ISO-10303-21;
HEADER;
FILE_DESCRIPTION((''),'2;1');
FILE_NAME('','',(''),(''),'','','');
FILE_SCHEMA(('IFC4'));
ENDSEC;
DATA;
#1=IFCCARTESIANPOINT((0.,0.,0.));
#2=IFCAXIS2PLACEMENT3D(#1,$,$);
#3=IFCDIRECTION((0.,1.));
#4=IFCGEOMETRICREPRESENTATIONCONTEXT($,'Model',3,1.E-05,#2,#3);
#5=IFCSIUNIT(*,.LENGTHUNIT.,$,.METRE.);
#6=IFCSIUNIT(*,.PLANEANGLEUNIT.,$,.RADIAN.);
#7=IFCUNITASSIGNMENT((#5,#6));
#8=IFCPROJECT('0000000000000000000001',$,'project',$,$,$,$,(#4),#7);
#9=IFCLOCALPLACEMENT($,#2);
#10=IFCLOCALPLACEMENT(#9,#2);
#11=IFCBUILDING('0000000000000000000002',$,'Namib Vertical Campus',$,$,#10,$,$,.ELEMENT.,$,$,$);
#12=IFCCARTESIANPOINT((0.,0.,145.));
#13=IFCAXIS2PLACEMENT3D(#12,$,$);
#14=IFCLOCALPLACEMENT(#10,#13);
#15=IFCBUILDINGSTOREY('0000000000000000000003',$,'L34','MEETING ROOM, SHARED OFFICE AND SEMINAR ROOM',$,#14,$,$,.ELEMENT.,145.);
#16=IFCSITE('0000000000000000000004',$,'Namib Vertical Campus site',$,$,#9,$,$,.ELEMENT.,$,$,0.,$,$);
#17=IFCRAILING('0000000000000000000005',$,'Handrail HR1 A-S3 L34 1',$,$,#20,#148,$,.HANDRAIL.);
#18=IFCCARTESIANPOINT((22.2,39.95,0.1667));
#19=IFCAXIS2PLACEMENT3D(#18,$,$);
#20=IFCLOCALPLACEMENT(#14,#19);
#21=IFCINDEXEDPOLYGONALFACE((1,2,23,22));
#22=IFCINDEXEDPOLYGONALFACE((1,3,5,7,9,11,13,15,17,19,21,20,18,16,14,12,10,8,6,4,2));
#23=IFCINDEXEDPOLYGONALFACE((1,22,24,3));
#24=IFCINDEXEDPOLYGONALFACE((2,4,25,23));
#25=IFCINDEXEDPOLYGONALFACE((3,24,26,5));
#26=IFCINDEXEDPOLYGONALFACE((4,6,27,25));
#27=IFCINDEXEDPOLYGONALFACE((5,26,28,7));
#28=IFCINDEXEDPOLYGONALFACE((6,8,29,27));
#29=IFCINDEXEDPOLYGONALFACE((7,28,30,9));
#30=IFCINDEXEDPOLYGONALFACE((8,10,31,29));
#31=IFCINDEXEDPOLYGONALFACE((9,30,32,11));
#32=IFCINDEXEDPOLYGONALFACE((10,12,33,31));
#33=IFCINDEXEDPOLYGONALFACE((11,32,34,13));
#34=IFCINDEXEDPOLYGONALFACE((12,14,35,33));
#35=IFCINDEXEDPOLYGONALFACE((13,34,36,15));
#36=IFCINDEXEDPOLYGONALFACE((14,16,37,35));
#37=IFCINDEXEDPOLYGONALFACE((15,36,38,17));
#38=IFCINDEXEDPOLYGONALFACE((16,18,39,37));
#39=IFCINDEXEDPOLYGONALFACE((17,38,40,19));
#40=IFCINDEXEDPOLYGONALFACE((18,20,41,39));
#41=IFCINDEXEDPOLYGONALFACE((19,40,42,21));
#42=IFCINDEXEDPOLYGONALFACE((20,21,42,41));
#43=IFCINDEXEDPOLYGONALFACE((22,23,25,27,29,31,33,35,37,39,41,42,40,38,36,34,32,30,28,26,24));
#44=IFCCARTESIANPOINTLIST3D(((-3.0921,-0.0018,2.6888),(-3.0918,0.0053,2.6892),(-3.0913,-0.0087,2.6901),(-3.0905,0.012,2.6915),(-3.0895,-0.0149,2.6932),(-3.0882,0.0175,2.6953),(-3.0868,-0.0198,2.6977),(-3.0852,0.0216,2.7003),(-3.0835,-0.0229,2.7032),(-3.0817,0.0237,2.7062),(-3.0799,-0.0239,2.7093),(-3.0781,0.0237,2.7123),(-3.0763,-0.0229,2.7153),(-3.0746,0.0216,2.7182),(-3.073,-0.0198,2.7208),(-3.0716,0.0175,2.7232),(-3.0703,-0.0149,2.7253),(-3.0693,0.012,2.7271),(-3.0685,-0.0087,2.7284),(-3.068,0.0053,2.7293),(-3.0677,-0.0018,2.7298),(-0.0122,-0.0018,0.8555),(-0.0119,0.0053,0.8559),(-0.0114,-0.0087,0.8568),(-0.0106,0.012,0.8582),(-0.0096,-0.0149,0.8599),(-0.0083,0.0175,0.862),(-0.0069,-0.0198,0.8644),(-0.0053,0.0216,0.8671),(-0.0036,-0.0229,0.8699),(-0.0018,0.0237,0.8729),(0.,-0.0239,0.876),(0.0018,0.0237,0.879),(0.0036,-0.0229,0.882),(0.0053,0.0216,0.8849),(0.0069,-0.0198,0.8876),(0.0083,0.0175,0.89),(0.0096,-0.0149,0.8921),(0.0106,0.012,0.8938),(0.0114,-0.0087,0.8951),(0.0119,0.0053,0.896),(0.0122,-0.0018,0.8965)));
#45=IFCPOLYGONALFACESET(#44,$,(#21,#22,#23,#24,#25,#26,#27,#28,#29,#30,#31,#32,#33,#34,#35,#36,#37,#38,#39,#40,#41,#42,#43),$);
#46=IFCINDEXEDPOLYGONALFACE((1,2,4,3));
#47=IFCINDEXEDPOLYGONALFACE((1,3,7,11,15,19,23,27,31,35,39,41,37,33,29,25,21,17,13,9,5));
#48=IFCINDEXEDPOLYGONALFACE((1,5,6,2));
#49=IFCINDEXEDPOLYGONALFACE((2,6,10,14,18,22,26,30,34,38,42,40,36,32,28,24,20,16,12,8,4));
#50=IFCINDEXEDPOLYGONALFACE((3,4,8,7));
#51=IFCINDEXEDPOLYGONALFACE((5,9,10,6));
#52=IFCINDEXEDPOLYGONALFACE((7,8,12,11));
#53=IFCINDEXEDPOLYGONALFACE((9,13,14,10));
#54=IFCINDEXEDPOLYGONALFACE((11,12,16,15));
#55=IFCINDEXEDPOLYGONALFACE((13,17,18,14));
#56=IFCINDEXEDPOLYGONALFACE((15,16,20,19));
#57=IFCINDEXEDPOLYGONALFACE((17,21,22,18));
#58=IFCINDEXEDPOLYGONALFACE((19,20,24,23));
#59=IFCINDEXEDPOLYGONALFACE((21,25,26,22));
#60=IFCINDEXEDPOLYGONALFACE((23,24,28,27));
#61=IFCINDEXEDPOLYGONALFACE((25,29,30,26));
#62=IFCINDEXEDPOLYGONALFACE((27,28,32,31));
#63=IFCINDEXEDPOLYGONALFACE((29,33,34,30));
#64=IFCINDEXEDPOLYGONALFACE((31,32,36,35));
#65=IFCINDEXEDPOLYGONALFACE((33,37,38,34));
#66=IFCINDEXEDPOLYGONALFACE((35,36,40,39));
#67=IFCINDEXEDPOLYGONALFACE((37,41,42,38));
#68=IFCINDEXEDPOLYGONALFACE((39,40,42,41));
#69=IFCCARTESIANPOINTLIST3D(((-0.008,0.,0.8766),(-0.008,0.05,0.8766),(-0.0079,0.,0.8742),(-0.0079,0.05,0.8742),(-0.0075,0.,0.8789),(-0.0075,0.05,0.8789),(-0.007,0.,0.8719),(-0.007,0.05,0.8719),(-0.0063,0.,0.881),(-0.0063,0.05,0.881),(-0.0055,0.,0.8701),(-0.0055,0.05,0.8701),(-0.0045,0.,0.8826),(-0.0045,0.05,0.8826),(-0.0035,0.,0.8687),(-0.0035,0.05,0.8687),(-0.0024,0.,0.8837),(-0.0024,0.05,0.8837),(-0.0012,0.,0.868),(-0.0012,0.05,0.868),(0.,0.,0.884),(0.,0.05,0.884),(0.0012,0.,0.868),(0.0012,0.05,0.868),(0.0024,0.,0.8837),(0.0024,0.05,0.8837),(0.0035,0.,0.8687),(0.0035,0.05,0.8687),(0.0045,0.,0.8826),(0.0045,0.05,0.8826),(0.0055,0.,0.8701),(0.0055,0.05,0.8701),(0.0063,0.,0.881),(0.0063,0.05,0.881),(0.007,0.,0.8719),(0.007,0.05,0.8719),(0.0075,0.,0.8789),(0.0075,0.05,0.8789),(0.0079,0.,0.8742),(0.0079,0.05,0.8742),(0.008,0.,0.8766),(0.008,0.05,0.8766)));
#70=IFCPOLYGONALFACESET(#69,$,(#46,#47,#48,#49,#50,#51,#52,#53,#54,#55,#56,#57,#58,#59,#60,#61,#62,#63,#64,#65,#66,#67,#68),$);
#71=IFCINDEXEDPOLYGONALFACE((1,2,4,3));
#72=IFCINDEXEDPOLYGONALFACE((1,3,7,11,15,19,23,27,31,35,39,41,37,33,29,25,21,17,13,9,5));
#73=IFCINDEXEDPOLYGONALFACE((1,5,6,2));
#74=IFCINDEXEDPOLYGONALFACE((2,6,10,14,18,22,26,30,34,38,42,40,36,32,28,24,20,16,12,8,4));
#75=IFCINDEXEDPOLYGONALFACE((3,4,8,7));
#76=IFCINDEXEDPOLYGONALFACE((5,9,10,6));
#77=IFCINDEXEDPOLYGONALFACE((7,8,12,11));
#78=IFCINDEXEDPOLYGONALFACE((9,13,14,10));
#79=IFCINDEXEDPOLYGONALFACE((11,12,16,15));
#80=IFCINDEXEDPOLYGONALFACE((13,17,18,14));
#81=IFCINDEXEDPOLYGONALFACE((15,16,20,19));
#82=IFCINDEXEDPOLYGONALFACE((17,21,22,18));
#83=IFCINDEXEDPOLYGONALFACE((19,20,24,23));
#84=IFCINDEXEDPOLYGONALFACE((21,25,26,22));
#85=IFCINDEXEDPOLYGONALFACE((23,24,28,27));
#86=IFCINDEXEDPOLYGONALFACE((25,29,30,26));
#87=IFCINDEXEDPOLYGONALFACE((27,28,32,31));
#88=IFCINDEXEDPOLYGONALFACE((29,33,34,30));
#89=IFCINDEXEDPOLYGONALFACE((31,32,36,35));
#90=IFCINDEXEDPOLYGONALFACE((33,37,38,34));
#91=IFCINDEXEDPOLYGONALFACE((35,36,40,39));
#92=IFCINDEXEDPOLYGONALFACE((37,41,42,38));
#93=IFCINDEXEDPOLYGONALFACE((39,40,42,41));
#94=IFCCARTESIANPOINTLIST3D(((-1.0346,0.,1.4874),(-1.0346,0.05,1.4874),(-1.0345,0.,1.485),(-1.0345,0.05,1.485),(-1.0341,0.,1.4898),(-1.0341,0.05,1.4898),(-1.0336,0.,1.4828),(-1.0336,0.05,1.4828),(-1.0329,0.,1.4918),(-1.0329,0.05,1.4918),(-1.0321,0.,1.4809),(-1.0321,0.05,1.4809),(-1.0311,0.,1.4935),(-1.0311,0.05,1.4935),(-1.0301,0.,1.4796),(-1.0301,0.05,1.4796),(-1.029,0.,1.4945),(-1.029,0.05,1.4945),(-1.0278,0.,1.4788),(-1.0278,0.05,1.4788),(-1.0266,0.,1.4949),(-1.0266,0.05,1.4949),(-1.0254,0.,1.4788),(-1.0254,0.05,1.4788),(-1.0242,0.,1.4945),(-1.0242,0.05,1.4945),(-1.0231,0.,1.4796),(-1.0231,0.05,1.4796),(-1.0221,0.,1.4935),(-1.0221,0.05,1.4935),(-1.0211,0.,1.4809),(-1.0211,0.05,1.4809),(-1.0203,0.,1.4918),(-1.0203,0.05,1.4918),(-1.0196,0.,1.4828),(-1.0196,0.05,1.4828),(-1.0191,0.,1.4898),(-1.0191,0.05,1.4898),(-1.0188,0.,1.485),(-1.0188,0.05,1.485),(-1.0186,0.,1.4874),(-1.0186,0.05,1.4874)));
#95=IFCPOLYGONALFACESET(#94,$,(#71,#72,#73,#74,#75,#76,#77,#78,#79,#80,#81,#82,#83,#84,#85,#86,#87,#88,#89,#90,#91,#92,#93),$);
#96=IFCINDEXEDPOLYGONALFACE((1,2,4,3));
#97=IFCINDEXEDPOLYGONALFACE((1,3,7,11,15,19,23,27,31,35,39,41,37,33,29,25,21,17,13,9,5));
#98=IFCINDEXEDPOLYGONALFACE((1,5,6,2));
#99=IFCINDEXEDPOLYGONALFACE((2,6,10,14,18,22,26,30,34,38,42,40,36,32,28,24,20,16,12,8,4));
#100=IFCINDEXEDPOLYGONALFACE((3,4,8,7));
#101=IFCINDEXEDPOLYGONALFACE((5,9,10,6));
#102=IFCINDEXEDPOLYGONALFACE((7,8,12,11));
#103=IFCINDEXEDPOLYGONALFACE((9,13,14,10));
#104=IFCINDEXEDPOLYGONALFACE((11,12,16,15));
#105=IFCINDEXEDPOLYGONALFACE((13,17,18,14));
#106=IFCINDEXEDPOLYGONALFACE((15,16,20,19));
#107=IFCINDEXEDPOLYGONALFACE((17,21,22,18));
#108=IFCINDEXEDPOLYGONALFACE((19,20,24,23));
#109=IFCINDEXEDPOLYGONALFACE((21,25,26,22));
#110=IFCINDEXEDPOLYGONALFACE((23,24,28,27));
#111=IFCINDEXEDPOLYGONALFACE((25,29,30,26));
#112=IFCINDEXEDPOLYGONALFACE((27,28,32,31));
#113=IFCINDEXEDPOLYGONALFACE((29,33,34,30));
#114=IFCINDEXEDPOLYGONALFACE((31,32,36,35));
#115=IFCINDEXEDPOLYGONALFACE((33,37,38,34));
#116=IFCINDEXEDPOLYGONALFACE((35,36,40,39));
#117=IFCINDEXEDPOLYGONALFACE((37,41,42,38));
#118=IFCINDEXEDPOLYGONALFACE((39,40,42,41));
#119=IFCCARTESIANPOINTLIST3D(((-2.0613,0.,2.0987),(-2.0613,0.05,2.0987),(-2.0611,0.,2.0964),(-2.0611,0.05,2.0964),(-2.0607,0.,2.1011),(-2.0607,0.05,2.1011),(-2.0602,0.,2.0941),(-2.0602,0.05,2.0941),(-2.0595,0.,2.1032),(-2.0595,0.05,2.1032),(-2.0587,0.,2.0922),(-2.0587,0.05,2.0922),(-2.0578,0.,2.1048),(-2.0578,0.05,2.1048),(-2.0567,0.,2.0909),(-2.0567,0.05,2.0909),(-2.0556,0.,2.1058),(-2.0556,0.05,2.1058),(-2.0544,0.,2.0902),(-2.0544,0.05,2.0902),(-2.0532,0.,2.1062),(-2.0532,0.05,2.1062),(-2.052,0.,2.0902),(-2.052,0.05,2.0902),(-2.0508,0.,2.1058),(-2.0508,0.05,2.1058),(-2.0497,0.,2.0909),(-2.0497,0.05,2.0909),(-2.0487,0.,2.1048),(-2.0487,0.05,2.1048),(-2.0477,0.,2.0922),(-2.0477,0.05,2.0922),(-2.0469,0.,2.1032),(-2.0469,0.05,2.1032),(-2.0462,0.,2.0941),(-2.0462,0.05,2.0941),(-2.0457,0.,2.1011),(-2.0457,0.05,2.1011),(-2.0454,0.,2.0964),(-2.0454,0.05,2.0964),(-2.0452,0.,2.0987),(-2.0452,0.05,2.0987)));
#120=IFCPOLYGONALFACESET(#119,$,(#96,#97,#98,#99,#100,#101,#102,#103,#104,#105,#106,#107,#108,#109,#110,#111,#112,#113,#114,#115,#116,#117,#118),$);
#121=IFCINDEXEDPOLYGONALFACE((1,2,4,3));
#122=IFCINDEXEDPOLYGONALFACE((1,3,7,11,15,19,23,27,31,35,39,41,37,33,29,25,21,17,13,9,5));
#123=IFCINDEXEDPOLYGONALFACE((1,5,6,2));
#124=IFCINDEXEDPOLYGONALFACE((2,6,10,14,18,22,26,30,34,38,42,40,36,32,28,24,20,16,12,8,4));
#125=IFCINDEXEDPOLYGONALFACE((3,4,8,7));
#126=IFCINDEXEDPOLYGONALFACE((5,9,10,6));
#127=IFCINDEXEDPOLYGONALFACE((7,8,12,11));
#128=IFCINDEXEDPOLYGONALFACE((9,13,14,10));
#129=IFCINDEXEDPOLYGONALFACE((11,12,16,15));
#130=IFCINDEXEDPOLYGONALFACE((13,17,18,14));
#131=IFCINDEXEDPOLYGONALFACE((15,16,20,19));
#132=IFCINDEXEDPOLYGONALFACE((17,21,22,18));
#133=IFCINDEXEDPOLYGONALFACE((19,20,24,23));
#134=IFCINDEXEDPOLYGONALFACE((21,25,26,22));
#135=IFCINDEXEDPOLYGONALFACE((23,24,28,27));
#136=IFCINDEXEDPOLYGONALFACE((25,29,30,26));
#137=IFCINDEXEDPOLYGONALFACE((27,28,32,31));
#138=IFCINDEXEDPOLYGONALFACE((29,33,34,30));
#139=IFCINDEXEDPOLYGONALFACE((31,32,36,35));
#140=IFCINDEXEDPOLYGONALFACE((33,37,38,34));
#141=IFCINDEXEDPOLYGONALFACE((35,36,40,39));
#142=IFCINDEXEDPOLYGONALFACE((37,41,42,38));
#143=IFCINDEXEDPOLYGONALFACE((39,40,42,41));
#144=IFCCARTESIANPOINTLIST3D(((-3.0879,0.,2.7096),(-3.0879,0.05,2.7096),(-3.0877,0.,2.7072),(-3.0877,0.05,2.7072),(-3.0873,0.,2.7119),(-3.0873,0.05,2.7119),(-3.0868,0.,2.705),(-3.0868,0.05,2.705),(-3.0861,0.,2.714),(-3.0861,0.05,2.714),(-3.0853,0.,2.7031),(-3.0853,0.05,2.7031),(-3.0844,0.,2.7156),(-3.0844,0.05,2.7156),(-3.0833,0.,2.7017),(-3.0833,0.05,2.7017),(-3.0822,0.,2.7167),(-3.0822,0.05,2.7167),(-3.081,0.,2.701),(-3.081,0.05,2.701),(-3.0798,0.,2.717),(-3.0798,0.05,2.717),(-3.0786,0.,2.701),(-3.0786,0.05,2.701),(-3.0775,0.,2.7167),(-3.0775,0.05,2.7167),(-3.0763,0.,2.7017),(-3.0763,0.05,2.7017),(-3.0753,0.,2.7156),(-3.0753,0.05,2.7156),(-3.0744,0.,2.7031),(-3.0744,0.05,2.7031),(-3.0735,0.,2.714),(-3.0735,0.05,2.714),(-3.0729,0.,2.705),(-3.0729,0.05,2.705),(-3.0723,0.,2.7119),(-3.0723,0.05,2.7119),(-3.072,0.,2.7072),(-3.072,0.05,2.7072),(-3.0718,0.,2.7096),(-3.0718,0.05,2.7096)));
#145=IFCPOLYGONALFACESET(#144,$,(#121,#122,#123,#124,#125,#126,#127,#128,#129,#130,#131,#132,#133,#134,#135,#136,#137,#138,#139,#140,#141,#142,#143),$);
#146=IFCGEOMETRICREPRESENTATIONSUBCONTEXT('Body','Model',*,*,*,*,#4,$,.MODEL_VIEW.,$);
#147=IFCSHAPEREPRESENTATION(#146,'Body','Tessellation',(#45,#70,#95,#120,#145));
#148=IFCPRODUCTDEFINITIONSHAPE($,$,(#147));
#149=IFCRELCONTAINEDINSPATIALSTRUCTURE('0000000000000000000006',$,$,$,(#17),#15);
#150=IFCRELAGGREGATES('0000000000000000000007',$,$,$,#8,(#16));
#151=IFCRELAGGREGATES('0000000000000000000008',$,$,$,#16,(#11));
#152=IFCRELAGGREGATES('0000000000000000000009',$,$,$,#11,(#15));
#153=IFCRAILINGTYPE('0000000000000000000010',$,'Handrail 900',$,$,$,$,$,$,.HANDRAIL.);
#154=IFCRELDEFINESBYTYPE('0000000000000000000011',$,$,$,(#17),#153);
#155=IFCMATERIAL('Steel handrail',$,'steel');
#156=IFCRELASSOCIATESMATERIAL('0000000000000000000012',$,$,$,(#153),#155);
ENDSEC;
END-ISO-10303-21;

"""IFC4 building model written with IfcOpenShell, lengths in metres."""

from ifc_helpers import new_model, si_unit, direction, frame, origin, origin_2d, place, context, subcontext, project, spatial, circle, extrude, material, type_object, element, save


model = new_model("IFC4")

# Units and contexts
model_context = context("Model", 3, precision=1e-05, world=origin(), true_north=direction((0.0, 1.0)))
body_context = subcontext(model_context, "Body", "Model", "MODEL_VIEW")
ifc_project = project(units=[si_unit("LENGTHUNIT", "METRE"), si_unit("PLANEANGLEUNIT", "RADIAN")], contexts=[model_context])

# Site, building, storey
site_placement = place(None, origin())
site = spatial("IfcSite", under=ifc_project, at=site_placement, Name="Namib Vertical Campus site", CompositionType="ELEMENT", RefElevation=0.0)
building_placement = place(site_placement, origin())
building = spatial("IfcBuilding", under=site, at=building_placement, Name="Namib Vertical Campus", CompositionType="ELEMENT")
storey_placement = place(building_placement, frame((0.0, 0.0, 145.0)))
storey = spatial("IfcBuildingStorey", under=building, at=storey_placement, Name="L34", Description="MEETING ROOM, SHARED OFFICE AND SEMINAR ROOM", CompositionType="ELEMENT", Elevation=145.0)

# Railing
ifc_material_1 = material(Name="Steel handrail", Category="steel")
railing_type_1 = type_object("IfcRailingType", Name="Handrail 900", PredefinedType="HANDRAIL", material=ifc_material_1)
railing_1_placement = place(storey_placement, frame((22.2, 39.95, 0.1667)))
element("IfcRailing", 1, at=railing_1_placement, inside=storey, type_object=railing_type_1, Name="Handrail HR1 A-S3 L34 1", PredefinedType="HANDRAIL", context=body_context, shape_type="SweptSolid", body=[
    extrude(circle(Radius=0.0239, at=origin_2d()), frame((0.0, 0.0, 0.876), z_axis=(-0.859291, 0.0, 0.511487), x_axis=(0.0, -1.0, 0.0)), (0.0, 0.0, 1.0), 3.5842),
    extrude(circle(Radius=0.0081, at=origin_2d()), frame((0.0, 0.0, 0.876), z_axis=(0.0, 1.0, 0.0), x_axis=(0.0, 0.0, 1.0)), (0.0, 0.0, 1.0), 0.05),
    extrude(circle(Radius=0.0081, at=origin_2d()), frame((-1.0266, 0.0, 1.4868), z_axis=(0.0, 1.0, 0.0), x_axis=(0.0, 0.0, 1.0)), (0.0, 0.0, 1.0), 0.05),
    extrude(circle(Radius=0.0081, at=origin_2d()), frame((-2.0532, 0.0, 2.0981), z_axis=(0.0, 1.0, 0.0), x_axis=(0.0, 0.0, 1.0)), (0.0, 0.0, 1.0), 0.05),
    extrude(circle(Radius=0.0081, at=origin_2d()), frame((-3.0798, 0.0, 2.709), z_axis=(0.0, 1.0, 0.0), x_axis=(0.0, 0.0, 1.0)), (0.0, 0.0, 1.0), 0.05),
])

save(model, "model.ifc")
